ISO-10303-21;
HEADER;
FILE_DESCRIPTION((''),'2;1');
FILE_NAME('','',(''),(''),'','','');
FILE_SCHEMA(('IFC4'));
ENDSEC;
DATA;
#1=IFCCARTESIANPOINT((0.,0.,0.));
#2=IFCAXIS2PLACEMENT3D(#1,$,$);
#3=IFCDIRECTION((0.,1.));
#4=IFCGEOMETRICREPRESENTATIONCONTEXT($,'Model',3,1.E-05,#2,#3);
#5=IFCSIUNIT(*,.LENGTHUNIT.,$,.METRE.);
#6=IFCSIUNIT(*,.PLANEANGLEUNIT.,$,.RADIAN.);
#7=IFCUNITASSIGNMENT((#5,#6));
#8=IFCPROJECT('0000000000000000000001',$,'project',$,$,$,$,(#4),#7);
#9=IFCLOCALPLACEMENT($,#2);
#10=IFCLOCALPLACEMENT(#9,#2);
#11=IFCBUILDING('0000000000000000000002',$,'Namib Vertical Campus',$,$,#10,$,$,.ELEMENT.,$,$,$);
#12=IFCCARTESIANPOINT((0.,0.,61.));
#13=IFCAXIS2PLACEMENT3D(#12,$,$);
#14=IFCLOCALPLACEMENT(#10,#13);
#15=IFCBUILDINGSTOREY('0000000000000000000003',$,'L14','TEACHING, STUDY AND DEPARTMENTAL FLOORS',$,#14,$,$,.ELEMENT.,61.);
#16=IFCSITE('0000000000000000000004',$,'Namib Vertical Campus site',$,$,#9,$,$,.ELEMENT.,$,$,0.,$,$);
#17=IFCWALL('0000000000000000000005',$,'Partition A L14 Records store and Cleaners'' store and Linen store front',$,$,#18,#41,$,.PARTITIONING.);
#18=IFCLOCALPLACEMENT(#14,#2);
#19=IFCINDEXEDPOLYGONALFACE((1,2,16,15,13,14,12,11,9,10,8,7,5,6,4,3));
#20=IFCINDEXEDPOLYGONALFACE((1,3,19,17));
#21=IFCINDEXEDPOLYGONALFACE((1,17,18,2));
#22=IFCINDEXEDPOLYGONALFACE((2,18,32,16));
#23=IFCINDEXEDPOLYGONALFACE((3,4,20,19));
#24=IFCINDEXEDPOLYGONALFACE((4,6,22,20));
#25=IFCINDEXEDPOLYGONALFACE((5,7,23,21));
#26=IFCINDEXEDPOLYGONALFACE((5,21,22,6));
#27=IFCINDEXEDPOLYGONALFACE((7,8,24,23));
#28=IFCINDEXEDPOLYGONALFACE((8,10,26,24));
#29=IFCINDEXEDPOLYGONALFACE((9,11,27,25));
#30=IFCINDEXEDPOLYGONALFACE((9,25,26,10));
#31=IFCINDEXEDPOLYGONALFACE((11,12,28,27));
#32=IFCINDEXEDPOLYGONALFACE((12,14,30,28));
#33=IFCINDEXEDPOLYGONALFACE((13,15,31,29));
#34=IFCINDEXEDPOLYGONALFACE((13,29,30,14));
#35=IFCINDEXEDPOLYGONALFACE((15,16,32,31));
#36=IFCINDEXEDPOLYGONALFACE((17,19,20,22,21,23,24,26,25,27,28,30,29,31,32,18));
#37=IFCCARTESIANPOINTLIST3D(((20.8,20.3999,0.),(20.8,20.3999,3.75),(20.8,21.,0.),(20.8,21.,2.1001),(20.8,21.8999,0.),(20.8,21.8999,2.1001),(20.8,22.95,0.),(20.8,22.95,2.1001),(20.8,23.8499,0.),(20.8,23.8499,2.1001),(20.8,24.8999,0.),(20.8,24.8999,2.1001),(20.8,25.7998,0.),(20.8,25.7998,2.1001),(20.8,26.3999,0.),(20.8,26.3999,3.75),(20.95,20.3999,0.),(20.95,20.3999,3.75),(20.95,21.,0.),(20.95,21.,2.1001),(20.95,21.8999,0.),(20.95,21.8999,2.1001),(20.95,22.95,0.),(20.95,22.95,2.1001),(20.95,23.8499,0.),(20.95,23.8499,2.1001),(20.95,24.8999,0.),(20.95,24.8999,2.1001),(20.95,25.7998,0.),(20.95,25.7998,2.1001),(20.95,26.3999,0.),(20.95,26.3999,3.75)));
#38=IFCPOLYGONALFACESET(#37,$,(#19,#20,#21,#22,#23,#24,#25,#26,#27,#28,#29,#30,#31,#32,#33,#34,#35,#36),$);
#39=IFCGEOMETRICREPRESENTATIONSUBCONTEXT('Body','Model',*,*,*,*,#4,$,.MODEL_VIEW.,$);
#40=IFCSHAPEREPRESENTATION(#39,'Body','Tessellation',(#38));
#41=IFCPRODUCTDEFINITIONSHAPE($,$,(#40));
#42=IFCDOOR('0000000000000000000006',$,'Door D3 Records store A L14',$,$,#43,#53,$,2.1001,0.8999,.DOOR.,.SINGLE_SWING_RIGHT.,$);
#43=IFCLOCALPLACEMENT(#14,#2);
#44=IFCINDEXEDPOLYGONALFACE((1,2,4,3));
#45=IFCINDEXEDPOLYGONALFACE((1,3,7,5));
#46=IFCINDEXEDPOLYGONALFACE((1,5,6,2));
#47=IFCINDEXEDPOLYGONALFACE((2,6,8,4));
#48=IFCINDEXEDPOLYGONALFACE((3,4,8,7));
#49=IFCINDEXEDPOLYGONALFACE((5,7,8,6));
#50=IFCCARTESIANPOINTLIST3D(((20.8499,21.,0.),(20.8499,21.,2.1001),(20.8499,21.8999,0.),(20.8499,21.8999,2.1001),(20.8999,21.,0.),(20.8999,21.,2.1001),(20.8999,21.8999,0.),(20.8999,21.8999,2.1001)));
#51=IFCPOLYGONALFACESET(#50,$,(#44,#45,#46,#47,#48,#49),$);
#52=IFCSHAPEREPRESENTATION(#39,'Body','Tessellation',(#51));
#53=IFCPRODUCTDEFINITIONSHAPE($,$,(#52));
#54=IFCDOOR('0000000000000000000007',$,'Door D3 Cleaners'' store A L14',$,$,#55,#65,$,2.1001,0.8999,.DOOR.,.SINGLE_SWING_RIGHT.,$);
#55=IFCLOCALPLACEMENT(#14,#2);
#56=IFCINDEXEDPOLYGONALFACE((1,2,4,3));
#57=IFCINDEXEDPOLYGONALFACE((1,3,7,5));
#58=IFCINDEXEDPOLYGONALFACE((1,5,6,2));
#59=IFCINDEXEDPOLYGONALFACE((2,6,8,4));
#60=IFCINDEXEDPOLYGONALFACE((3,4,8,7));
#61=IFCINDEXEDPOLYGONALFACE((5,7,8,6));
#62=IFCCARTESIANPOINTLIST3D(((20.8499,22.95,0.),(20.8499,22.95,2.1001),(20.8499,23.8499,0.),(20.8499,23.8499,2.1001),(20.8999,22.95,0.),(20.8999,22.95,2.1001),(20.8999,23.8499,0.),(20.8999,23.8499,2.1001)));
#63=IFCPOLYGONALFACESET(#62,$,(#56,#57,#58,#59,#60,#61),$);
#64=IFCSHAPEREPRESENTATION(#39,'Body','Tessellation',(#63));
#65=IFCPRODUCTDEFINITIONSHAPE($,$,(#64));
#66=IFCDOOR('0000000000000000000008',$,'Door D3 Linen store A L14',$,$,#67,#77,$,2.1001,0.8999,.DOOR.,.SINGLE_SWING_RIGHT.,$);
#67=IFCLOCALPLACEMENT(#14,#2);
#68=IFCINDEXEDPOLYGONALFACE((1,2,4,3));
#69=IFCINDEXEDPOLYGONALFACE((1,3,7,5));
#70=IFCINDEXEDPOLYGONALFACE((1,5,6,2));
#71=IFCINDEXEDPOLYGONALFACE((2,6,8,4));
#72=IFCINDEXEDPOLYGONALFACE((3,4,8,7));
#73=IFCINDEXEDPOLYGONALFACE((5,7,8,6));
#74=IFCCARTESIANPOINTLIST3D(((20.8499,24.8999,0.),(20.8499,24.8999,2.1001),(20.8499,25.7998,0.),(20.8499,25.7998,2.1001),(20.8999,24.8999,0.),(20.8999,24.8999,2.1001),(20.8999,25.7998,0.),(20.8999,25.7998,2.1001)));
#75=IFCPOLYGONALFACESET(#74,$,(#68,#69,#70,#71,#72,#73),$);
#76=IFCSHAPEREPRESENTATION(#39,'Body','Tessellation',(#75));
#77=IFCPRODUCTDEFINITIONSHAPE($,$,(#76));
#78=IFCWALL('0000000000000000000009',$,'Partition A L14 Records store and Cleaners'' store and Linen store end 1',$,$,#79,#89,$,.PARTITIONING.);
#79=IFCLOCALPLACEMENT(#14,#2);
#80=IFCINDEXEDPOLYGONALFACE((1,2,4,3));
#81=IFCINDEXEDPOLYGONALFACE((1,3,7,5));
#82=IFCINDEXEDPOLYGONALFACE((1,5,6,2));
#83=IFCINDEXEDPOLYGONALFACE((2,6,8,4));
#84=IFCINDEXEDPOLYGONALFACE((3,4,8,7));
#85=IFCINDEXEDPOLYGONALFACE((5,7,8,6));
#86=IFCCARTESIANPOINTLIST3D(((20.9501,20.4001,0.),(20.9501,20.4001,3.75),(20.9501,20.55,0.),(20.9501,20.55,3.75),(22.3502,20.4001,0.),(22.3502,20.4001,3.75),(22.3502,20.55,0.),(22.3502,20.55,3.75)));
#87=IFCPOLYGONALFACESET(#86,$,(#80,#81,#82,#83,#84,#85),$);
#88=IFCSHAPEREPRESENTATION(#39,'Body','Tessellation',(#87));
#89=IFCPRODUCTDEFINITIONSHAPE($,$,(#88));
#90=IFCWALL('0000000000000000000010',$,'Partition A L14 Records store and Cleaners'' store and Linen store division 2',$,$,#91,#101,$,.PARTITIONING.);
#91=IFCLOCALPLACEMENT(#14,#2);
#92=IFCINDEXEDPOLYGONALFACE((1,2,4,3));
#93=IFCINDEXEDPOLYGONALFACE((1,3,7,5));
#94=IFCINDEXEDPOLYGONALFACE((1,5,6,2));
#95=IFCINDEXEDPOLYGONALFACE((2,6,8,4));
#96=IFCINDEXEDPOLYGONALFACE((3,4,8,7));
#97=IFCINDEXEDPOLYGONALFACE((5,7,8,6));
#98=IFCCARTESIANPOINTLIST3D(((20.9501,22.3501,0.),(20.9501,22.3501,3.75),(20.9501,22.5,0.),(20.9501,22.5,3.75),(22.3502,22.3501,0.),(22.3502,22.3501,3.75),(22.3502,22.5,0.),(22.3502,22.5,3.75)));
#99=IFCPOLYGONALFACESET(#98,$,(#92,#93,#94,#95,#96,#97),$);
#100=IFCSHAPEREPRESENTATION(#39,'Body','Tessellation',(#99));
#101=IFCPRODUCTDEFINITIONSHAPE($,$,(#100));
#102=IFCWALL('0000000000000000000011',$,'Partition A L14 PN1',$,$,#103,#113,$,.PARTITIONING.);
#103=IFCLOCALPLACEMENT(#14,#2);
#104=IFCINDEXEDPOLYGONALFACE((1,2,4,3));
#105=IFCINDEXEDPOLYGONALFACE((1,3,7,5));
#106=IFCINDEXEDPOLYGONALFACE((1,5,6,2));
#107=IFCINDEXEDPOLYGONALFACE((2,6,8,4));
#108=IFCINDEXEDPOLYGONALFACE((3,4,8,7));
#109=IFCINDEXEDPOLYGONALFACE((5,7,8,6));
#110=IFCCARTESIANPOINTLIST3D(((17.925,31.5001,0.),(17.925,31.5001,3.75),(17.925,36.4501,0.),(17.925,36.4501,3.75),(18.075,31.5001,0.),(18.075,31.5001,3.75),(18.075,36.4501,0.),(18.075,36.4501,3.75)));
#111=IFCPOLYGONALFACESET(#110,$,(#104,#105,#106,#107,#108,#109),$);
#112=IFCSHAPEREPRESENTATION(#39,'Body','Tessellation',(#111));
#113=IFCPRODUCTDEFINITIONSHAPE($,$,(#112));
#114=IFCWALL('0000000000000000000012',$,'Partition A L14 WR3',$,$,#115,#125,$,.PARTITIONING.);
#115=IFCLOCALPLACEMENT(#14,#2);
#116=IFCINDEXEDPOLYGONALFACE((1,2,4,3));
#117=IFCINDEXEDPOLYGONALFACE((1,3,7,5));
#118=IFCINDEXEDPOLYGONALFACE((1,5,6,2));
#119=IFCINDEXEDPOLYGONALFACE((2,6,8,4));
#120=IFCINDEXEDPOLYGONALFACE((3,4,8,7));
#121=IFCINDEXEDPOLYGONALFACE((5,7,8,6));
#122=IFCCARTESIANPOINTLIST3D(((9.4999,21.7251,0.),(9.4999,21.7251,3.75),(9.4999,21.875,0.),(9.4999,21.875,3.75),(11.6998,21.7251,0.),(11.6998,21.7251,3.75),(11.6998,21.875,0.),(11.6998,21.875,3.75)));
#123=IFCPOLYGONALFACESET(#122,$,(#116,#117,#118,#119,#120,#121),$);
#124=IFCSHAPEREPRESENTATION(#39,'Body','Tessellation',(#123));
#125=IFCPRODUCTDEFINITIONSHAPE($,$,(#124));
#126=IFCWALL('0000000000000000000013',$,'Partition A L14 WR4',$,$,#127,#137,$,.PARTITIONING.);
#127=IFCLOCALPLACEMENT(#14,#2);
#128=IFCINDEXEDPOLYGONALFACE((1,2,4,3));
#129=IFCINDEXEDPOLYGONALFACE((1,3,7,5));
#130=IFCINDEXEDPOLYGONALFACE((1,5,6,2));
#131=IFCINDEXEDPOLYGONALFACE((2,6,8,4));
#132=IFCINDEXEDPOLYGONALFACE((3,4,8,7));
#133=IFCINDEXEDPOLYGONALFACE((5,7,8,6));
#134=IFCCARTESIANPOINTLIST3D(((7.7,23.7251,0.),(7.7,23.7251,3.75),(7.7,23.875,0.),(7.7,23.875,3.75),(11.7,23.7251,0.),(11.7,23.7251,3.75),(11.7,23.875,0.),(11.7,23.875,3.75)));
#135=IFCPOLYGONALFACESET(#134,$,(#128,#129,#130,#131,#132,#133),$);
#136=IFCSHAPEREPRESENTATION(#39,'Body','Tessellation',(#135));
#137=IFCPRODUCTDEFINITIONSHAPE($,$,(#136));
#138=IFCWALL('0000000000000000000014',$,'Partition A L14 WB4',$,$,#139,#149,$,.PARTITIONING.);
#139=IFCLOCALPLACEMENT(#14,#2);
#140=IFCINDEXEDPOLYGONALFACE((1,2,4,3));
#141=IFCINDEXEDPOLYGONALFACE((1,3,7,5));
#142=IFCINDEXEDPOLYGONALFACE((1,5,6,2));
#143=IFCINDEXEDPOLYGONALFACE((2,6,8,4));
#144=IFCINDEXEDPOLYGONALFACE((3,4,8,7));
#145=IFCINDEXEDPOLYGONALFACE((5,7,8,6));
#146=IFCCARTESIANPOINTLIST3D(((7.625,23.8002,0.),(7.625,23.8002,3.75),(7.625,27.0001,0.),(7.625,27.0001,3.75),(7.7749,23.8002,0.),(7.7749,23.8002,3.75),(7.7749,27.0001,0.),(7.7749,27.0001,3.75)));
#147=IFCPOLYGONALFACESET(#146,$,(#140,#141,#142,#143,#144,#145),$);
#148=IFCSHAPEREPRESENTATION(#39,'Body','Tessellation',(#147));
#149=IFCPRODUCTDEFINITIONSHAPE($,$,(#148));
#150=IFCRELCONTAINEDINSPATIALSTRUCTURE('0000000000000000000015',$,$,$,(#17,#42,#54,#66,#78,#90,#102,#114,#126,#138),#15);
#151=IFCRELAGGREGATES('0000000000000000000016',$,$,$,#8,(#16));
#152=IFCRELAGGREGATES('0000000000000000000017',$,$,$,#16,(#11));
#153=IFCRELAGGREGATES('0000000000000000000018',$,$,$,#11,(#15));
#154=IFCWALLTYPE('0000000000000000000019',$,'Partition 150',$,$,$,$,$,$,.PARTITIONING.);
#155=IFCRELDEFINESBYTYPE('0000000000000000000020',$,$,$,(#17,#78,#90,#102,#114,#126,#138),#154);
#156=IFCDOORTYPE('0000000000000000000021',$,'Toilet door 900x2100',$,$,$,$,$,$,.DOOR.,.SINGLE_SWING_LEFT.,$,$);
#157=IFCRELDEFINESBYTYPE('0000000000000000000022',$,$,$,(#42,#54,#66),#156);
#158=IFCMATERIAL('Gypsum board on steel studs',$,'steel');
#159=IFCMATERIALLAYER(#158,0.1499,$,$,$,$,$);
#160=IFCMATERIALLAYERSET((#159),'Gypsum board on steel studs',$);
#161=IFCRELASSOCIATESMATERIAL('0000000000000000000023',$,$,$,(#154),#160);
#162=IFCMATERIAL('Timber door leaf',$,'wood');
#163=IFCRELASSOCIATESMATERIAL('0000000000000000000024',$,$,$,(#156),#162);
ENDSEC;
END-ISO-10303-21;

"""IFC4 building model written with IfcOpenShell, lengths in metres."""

from ifc_helpers import new_model, si_unit, direction, frame, frame_2d, origin, place, context, subcontext, project, spatial, rectangle, extrude, material, layer, layer_set, type_object, element, fill, save


model = new_model("IFC4")

# Units and contexts
model_context = context("Model", 3, precision=1e-05, world=origin(), true_north=direction((0.0, 1.0)))
body_context = subcontext(model_context, "Body", "Model", "MODEL_VIEW")
ifc_project = project(units=[si_unit("LENGTHUNIT", "METRE"), si_unit("PLANEANGLEUNIT", "RADIAN")], contexts=[model_context])

# Site, building, storey
site_placement = place(None, origin())
site = spatial("IfcSite", under=ifc_project, at=site_placement, Name="Namib Vertical Campus site", CompositionType="ELEMENT", RefElevation=0.0)
building_placement = place(site_placement, origin())
building = spatial("IfcBuilding", under=site, at=building_placement, Name="Namib Vertical Campus", CompositionType="ELEMENT")
storey_placement = place(building_placement, frame((0.0, 0.0, 61.0)))
storey = spatial("IfcBuildingStorey", under=building, at=storey_placement, Name="L14", Description="TEACHING, STUDY AND DEPARTMENTAL FLOORS", CompositionType="ELEMENT", Elevation=61.0)

# Wall, openings, doors
ifc_material_1 = material(Name="Gypsum board on steel studs", Category="steel")
ifc_layer_1 = layer(ifc_material_1, 0.1499)
ifc_layer_set_1 = layer_set([ifc_layer_1], Name="Gypsum board on steel studs")
wall_type_1 = type_object("IfcWallType", Name="Partition 150", PredefinedType="PARTITIONING", material=ifc_layer_set_1)
wall_1_placement = place(storey_placement, frame((20.875, 20.3999, 0.0), z_axis=(0.0, 0.0, 1.0), x_axis=(0.0, 1.0, 0.0)))
wall_1 = element("IfcWall", 1, at=wall_1_placement, inside=storey, type_object=wall_type_1, Name="Partition A L14 Records store and Cleaners' store and Linen store front", PredefinedType="PARTITIONING", context=body_context, shape_type="SweptSolid", body=[
    extrude(rectangle(XDim=6.0, YDim=0.1499, at=frame_2d((3.0, 0.0))), origin(), (0.0, 0.0, 1.0), 3.75),
])
opening_1_placement = place(wall_1_placement, frame((0.6001, 0.0, 0.0)))
opening_1 = element("IfcOpeningElement", 2, at=opening_1_placement, cuts=wall_1, PredefinedType="OPENING", context=body_context, shape_type="SweptSolid", body=[
    extrude(rectangle(XDim=0.8999, YDim=2.1001, at=frame_2d((0.45, 1.05))), frame((0.0, 0.085, 0.0), z_axis=(0.0, -1.0, 0.0), x_axis=(1.0, 0.0, 0.0)), (0.0, 0.0, 1.0), 0.1699),
])
opening_2_placement = place(wall_1_placement, frame((2.55, 0.0, 0.0)))
opening_2 = element("IfcOpeningElement", 3, at=opening_2_placement, cuts=wall_1, PredefinedType="OPENING", context=body_context, shape_type="SweptSolid", body=[
    extrude(rectangle(XDim=0.8999, YDim=2.1001, at=frame_2d((0.45, 1.05))), frame((0.0, 0.085, 0.0), z_axis=(0.0, -1.0, 0.0), x_axis=(1.0, 0.0, 0.0)), (0.0, 0.0, 1.0), 0.1699),
])
opening_3_placement = place(wall_1_placement, frame((4.5, 0.0, 0.0)))
opening_3 = element("IfcOpeningElement", 4, at=opening_3_placement, cuts=wall_1, PredefinedType="OPENING", context=body_context, shape_type="SweptSolid", body=[
    extrude(rectangle(XDim=0.8999, YDim=2.1001, at=frame_2d((0.45, 1.05))), frame((0.0, 0.085, 0.0), z_axis=(0.0, -1.0, 0.0), x_axis=(1.0, 0.0, 0.0)), (0.0, 0.0, 1.0), 0.1699),
])
ifc_material_2 = material(Name="Timber door leaf", Category="wood")
door_type_1 = type_object("IfcDoorType", Name="Toilet door 900x2100", OperationType="SINGLE_SWING_LEFT", PredefinedType="DOOR", material=ifc_material_2)
door_1_placement = place(opening_1_placement, frame((0.8999, 0.0, 0.0), z_axis=(0.0, 0.0, 1.0), x_axis=(-1.0, 0.0, 0.0)))
door_1 = element("IfcDoor", 5, at=door_1_placement, inside=storey, type_object=door_type_1, Name="Door D3 Records store A L14", OperationType="SINGLE_SWING_RIGHT", OverallHeight=2.1001, OverallWidth=0.8999, PredefinedType="DOOR", context=body_context, shape_type="SweptSolid", body=[
    extrude(rectangle(XDim=0.8999, YDim=2.1001, at=frame_2d((0.45, 1.05))), frame((0.0, 0.0249, 0.0), z_axis=(0.0, -1.0, 0.0), x_axis=(1.0, 0.0, 0.0)), (0.0, 0.0, 1.0), 0.05),
])
fill(opening_1, door_1)
door_2_placement = place(opening_2_placement, frame((0.8999, 0.0, 0.0), z_axis=(0.0, 0.0, 1.0), x_axis=(-1.0, 0.0, 0.0)))
door_2 = element("IfcDoor", 6, at=door_2_placement, inside=storey, type_object=door_type_1, Name="Door D3 Cleaners' store A L14", OperationType="SINGLE_SWING_RIGHT", OverallHeight=2.1001, OverallWidth=0.8999, PredefinedType="DOOR", context=body_context, shape_type="SweptSolid", body=[
    extrude(rectangle(XDim=0.8999, YDim=2.1001, at=frame_2d((0.45, 1.05))), frame((0.0, 0.0249, 0.0), z_axis=(0.0, -1.0, 0.0), x_axis=(1.0, 0.0, 0.0)), (0.0, 0.0, 1.0), 0.05),
])
fill(opening_2, door_2)
door_3_placement = place(opening_3_placement, frame((0.8999, 0.0, 0.0), z_axis=(0.0, 0.0, 1.0), x_axis=(-1.0, 0.0, 0.0)))
door_3 = element("IfcDoor", 7, at=door_3_placement, inside=storey, type_object=door_type_1, Name="Door D3 Linen store A L14", OperationType="SINGLE_SWING_RIGHT", OverallHeight=2.1001, OverallWidth=0.8999, PredefinedType="DOOR", context=body_context, shape_type="SweptSolid", body=[
    extrude(rectangle(XDim=0.8999, YDim=2.1001, at=frame_2d((0.45, 1.05))), frame((0.0, 0.0249, 0.0), z_axis=(0.0, -1.0, 0.0), x_axis=(1.0, 0.0, 0.0)), (0.0, 0.0, 1.0), 0.05),
])
fill(opening_3, door_3)

# Walls
for number, where, z_axis, x_axis, name in (
    (8, (20.95, 20.4751, 0.0), (0.0, 0.0, 1.0), (1.0, 0.0, 0.0), "Partition A L14 Records store and Cleaners' store and Linen store end 1"),
    (9, (20.95, 22.425, 0.0), (0.0, 0.0, 1.0), (1.0, 0.0, 0.0), "Partition A L14 Records store and Cleaners' store and Linen store division 2"),
):
    element("IfcWall", number, at=place(storey_placement, frame(where, z_axis=z_axis, x_axis=x_axis)), inside=storey, type_object=wall_type_1, Name=name, PredefinedType="PARTITIONING", context=body_context, shape_type="SweptSolid", body=[
        extrude(rectangle(XDim=1.4001, YDim=0.1499, at=frame_2d((0.7002, 0.0))), origin(), (0.0, 0.0, 1.0), 3.75),
    ])
wall_2_placement = place(storey_placement, frame((18.0, 31.5, 0.0), z_axis=(0.0, 0.0, 1.0), x_axis=(0.0, 1.0, 0.0)))
element("IfcWall", 10, at=wall_2_placement, inside=storey, type_object=wall_type_1, Name="Partition A L14 PN1", PredefinedType="PARTITIONING", context=body_context, shape_type="SweptSolid", body=[
    extrude(rectangle(XDim=4.95, YDim=0.1499, at=frame_2d((2.4751, 0.0))), origin(), (0.0, 0.0, 1.0), 3.75),
])
wall_3_placement = place(storey_placement, frame((11.7, 21.8, 0.0), z_axis=(0.0, 0.0, 1.0), x_axis=(-1.0, 0.0, 0.0)))
element("IfcWall", 11, at=wall_3_placement, inside=storey, type_object=wall_type_1, Name="Partition A L14 WR3", PredefinedType="PARTITIONING", context=body_context, shape_type="SweptSolid", body=[
    extrude(rectangle(XDim=2.2, YDim=0.1499, at=frame_2d((1.1001, 0.0))), origin(), (0.0, 0.0, 1.0), 3.75),
])
wall_4_placement = place(storey_placement, frame((11.7, 23.8, 0.0), z_axis=(0.0, 0.0, 1.0), x_axis=(-1.0, 0.0, 0.0)))
element("IfcWall", 12, at=wall_4_placement, inside=storey, type_object=wall_type_1, Name="Partition A L14 WR4", PredefinedType="PARTITIONING", context=body_context, shape_type="SweptSolid", body=[
    extrude(rectangle(XDim=4.0, YDim=0.1499, at=frame_2d((2.0, 0.0))), origin(), (0.0, 0.0, 1.0), 3.75),
])
wall_5_placement = place(storey_placement, frame((7.7, 23.8, 0.0), z_axis=(0.0, 0.0, 1.0), x_axis=(0.0, 1.0, 0.0)))
element("IfcWall", 13, at=wall_5_placement, inside=storey, type_object=wall_type_1, Name="Partition A L14 WB4", PredefinedType="PARTITIONING", context=body_context, shape_type="SweptSolid", body=[
    extrude(rectangle(XDim=3.2, YDim=0.1499, at=frame_2d((1.6001, 0.0))), origin(), (0.0, 0.0, 1.0), 3.75),
])

save(model, "model.ifc")
